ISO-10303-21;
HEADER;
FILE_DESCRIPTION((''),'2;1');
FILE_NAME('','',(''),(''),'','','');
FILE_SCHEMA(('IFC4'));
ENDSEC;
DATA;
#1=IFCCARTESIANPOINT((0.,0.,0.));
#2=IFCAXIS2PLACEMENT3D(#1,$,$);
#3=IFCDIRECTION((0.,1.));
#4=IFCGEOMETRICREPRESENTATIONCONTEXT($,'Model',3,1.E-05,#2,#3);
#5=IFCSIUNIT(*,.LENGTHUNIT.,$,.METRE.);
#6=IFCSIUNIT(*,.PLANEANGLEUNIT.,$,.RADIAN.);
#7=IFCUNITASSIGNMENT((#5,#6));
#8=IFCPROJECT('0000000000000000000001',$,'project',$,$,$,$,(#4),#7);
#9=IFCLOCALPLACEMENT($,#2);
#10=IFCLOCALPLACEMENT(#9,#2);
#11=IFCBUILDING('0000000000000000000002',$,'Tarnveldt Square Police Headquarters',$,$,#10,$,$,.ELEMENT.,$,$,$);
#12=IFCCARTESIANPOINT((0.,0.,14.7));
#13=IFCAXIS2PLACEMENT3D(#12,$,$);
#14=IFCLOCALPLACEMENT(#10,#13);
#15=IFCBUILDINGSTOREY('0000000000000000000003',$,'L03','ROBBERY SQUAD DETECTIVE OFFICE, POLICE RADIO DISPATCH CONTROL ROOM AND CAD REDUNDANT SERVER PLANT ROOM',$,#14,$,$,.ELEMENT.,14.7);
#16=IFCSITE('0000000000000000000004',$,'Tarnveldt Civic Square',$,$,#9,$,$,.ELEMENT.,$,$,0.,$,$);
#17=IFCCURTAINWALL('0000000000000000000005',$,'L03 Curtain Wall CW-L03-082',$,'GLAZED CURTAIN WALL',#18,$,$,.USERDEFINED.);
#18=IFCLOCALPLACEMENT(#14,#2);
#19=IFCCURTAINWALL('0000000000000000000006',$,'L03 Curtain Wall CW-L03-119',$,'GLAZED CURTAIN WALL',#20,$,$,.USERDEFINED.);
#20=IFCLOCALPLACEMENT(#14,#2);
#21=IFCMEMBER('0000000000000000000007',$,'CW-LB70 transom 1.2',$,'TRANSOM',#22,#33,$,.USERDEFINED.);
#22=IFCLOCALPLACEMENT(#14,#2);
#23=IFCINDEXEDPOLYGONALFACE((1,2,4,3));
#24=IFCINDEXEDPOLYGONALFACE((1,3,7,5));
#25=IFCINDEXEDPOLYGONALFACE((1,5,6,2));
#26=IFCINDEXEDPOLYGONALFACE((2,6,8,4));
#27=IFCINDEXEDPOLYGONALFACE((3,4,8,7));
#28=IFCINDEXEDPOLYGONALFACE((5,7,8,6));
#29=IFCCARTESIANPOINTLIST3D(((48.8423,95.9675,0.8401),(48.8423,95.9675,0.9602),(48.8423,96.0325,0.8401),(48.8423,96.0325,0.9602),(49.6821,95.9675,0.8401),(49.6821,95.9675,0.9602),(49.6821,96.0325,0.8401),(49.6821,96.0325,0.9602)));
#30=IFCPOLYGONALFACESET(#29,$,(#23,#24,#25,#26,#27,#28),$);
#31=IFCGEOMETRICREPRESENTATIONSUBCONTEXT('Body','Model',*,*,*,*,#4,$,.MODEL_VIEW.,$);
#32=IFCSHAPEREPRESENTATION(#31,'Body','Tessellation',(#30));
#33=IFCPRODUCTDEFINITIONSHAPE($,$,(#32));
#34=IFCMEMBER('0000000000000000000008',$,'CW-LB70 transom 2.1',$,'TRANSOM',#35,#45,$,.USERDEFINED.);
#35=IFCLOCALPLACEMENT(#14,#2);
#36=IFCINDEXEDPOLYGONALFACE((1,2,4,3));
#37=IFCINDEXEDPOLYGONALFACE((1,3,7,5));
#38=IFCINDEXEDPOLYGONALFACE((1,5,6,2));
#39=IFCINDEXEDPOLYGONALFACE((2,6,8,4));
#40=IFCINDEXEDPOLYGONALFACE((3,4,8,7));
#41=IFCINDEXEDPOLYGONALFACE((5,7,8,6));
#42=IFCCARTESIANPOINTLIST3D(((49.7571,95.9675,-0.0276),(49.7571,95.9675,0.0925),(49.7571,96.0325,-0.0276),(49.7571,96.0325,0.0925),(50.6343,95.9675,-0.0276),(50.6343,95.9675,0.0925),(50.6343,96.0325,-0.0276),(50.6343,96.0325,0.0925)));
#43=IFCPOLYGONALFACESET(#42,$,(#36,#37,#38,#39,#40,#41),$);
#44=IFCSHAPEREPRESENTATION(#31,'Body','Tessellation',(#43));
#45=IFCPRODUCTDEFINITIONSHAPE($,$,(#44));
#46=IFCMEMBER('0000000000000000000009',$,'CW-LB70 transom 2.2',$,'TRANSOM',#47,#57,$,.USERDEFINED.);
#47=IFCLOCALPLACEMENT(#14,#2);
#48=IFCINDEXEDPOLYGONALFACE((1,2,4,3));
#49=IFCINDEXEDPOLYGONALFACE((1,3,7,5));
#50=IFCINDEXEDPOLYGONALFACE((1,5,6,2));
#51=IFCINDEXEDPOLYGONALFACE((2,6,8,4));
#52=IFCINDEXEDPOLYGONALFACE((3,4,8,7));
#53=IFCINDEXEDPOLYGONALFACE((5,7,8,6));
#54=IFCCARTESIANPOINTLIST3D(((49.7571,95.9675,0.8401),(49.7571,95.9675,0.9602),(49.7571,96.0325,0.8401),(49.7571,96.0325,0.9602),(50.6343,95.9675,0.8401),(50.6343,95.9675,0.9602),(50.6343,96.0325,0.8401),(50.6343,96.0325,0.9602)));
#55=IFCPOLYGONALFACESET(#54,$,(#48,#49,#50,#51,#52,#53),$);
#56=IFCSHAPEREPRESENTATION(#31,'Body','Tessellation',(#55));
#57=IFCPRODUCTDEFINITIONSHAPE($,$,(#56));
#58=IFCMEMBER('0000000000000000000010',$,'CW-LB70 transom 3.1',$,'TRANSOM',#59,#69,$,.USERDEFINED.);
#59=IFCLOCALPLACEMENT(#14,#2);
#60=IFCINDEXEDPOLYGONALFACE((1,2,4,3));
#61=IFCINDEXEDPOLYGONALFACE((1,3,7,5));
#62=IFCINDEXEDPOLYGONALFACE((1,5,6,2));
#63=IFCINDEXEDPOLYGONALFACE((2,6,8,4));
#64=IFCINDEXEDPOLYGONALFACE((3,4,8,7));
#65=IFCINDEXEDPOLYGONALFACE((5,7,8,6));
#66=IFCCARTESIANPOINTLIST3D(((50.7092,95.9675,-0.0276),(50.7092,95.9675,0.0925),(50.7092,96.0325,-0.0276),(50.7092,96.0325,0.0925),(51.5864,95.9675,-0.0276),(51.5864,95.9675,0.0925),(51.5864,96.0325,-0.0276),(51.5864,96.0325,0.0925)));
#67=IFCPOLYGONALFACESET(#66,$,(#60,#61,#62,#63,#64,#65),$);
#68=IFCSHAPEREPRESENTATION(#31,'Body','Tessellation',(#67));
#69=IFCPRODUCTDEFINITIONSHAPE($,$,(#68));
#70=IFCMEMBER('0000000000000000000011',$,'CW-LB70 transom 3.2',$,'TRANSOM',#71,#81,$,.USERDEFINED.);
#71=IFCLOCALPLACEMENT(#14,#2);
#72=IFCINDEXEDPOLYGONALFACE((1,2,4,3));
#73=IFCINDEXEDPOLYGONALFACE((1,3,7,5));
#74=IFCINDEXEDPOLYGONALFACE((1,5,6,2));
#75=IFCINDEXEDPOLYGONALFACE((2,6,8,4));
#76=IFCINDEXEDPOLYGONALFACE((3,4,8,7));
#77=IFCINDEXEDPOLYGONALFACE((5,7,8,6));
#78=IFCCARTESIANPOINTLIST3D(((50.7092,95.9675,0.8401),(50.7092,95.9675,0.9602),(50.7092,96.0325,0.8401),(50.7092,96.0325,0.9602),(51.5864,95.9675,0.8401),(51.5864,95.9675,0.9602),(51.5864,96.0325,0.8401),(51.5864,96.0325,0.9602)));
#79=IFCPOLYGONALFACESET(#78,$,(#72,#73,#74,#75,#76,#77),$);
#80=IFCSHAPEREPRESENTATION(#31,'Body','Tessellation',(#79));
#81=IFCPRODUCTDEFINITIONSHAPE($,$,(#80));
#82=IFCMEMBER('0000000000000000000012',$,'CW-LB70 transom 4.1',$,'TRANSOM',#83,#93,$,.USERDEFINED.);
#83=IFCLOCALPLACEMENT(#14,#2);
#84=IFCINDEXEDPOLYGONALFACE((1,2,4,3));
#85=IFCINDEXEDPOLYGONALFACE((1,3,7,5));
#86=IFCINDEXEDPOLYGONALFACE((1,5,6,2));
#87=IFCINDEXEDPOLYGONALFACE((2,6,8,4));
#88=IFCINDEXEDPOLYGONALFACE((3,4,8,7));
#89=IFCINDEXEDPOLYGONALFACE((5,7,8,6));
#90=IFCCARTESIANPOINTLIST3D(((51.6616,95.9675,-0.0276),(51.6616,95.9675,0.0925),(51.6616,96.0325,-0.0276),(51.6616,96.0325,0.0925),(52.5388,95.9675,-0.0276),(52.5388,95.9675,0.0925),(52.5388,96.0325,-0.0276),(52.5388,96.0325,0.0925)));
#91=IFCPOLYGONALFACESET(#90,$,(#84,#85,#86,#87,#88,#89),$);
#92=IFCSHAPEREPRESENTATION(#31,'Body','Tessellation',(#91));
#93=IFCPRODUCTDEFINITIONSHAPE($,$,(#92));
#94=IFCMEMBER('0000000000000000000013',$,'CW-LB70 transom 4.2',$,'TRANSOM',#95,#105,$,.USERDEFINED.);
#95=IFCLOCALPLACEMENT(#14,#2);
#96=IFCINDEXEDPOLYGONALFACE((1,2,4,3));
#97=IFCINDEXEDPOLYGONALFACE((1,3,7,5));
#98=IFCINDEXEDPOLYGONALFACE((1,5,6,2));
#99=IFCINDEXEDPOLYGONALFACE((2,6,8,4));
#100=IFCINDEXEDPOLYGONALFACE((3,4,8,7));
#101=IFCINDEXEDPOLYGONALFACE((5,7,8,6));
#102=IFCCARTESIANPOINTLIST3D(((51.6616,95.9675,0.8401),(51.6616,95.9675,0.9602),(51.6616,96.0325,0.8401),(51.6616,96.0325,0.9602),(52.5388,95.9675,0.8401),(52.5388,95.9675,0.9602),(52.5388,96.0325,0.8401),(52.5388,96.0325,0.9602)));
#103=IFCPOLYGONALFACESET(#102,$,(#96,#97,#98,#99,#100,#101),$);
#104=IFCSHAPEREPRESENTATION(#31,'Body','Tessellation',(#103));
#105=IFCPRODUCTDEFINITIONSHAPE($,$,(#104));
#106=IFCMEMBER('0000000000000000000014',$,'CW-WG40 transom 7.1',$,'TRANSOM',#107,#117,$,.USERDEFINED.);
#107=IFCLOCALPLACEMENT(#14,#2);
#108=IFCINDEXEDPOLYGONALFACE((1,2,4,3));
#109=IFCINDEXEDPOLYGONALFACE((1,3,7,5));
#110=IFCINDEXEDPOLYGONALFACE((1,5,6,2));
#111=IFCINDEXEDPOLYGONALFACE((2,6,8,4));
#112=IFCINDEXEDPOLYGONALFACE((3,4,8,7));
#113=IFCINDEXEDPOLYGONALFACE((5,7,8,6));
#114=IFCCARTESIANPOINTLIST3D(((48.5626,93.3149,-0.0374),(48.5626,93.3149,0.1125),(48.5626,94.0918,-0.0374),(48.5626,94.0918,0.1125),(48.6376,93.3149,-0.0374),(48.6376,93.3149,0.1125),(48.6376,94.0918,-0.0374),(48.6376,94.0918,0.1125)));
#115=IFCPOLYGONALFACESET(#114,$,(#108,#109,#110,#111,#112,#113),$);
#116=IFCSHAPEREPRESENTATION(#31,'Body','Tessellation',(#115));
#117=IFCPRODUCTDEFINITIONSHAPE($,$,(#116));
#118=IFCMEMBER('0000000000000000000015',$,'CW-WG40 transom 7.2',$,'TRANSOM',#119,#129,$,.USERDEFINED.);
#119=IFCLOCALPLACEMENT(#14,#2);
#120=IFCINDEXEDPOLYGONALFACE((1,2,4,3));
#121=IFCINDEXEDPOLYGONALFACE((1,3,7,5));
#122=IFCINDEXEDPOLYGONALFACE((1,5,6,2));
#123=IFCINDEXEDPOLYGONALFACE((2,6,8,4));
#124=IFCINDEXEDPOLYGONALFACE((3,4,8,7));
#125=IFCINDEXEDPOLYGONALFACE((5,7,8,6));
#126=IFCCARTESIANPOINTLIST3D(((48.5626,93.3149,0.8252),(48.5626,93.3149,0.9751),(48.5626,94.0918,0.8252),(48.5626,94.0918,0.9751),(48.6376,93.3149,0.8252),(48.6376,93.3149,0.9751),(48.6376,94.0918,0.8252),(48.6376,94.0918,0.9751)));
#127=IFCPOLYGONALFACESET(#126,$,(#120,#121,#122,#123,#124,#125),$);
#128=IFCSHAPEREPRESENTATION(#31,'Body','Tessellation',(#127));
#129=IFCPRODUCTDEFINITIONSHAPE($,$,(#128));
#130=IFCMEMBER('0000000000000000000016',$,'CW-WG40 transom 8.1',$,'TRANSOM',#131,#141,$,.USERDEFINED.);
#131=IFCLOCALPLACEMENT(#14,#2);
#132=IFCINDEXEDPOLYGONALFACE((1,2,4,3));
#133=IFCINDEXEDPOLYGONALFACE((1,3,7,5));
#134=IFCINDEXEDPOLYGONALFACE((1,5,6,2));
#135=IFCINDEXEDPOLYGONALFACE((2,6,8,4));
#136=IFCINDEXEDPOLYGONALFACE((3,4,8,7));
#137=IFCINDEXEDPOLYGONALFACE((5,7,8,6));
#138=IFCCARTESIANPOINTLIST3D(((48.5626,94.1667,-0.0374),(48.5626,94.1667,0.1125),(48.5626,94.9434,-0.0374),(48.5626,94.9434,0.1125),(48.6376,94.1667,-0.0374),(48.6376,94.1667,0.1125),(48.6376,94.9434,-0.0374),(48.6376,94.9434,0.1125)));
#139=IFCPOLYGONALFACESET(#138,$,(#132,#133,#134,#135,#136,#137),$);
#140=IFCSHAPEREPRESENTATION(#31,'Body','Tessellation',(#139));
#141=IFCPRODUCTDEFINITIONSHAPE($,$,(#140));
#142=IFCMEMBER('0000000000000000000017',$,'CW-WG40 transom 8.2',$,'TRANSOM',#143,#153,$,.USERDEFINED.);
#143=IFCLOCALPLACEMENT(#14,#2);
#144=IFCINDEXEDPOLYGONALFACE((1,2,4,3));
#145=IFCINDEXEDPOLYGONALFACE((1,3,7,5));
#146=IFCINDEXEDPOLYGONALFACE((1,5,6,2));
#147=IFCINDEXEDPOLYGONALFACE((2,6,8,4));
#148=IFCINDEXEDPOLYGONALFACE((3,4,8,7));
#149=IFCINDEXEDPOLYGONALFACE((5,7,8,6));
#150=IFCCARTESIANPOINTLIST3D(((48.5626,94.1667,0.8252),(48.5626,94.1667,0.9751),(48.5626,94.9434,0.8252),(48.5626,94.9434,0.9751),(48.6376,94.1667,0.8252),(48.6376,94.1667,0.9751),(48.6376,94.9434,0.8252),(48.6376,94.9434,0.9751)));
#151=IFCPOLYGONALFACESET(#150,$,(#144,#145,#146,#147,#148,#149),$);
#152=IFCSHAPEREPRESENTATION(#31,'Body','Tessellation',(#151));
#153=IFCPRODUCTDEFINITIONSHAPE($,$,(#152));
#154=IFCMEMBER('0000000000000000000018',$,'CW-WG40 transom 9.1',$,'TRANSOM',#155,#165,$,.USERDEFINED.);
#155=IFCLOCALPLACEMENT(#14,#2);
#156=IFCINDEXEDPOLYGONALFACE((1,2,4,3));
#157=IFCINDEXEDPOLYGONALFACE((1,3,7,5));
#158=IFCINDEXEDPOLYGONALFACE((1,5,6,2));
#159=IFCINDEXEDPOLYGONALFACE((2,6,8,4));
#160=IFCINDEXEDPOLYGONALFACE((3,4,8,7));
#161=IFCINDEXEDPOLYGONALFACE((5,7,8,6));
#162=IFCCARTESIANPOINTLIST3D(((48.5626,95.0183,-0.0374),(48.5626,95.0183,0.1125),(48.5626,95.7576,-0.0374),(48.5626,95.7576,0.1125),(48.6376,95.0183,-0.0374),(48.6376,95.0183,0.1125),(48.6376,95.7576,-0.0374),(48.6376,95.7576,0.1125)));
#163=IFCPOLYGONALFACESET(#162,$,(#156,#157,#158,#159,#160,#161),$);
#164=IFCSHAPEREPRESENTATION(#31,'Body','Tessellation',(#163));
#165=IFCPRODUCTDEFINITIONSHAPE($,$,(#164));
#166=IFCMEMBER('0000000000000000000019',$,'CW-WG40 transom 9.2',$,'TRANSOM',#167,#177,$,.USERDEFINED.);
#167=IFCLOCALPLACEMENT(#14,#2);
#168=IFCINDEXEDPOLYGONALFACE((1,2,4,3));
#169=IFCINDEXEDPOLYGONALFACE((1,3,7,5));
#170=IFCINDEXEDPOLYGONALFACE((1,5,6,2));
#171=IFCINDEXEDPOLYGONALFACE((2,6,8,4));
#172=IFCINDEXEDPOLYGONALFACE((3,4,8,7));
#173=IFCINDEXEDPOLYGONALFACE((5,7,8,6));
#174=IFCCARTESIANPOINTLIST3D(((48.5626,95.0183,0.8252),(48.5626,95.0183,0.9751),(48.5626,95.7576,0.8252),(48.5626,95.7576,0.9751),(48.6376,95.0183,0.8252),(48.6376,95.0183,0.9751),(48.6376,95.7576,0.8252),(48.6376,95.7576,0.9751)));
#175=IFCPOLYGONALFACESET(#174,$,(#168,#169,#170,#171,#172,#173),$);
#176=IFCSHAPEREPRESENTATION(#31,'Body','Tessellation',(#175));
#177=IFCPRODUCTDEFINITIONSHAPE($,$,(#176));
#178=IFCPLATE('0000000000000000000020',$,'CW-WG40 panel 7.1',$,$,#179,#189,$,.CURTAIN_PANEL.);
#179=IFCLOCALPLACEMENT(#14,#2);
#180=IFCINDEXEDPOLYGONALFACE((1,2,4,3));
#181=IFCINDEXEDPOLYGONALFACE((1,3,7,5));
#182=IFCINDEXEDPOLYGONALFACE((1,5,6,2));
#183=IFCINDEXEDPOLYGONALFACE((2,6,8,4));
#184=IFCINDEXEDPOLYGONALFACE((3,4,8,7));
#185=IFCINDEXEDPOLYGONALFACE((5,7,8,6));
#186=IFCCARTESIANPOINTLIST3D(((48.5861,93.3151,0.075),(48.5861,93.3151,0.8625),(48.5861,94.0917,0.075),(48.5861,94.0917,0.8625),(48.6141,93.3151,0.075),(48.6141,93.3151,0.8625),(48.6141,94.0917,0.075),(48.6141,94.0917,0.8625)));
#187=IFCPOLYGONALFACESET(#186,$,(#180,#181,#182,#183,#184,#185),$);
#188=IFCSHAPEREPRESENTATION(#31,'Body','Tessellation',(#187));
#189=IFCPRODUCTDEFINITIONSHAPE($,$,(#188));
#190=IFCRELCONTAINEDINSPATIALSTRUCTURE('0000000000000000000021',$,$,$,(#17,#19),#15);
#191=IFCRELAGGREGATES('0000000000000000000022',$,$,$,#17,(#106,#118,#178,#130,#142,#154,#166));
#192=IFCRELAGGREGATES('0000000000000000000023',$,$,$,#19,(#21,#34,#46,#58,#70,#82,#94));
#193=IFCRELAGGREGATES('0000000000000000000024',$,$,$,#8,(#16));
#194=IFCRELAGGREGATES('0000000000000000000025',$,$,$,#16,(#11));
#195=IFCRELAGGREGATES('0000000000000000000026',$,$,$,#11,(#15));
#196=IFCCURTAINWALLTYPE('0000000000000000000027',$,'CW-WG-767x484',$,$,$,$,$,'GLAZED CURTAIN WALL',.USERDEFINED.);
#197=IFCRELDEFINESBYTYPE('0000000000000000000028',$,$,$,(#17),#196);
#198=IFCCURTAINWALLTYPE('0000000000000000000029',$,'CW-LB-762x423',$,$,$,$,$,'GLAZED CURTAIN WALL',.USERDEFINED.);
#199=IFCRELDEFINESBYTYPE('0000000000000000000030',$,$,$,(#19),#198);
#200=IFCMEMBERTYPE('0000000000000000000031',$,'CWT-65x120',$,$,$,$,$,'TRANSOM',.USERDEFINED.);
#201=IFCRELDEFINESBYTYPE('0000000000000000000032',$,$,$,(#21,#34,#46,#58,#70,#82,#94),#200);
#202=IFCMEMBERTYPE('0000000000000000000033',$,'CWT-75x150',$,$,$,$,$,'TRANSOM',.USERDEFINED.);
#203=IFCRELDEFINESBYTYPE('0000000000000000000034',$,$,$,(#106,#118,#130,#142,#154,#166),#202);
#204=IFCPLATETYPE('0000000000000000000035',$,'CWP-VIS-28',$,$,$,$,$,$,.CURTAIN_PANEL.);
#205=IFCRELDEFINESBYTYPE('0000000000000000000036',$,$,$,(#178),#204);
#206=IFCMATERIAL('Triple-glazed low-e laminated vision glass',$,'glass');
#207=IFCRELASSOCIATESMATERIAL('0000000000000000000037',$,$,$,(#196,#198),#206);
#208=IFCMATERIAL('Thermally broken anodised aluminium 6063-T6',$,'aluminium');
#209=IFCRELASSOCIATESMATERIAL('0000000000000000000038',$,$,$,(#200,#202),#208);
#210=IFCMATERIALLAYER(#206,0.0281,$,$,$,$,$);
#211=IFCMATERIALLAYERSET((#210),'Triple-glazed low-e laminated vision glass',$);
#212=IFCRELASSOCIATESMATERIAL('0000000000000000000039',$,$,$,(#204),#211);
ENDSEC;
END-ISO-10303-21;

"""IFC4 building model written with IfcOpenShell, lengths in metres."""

from ifc_helpers import new_model, si_unit, direction, frame, origin, origin_2d, place, context, subcontext, project, spatial, rectangle, extrude, material, layer, layer_set, material_profile, profile_set, type_object, element, aggregate, save


model = new_model("IFC4")

# Units and contexts
model_context = context("Model", 3, precision=1e-05, world=origin(), true_north=direction((0.0, 1.0)))
body_context = subcontext(model_context, "Body", "Model", "MODEL_VIEW")
ifc_project = project(units=[si_unit("LENGTHUNIT", "METRE"), si_unit("PLANEANGLEUNIT", "RADIAN")], contexts=[model_context])

# Site, building, storey
site_placement = place(None, origin())
site = spatial("IfcSite", under=ifc_project, at=site_placement, Name="Tarnveldt Civic Square", CompositionType="ELEMENT", RefElevation=0.0)
building_placement = place(site_placement, origin())
building = spatial("IfcBuilding", under=site, at=building_placement, Name="Tarnveldt Square Police Headquarters", CompositionType="ELEMENT")
storey_placement = place(building_placement, frame((0.0, 0.0, 14.7)))
storey = spatial("IfcBuildingStorey", under=building, at=storey_placement, Name="L03", Description="ROBBERY SQUAD DETECTIVE OFFICE, POLICE RADIO DISPATCH CONTROL ROOM AND CAD REDUNDANT SERVER PLANT ROOM", CompositionType="ELEMENT", Elevation=14.7)

# Curtain walls, members
ifc_material_1 = material(Name="Triple-glazed low-e laminated vision glass", Category="glass")
curtain_wall_type_1 = type_object("IfcCurtainWallType", Name="CW-WG-767x484", ElementType="GLAZED CURTAIN WALL", PredefinedType="USERDEFINED", material=ifc_material_1)
curtain_wall_1_placement = place(storey_placement, origin())
curtain_wall_1 = element("IfcCurtainWall", 1, at=curtain_wall_1_placement, inside=storey, type_object=curtain_wall_type_1, Name="L03 Curtain Wall CW-L03-082", ObjectType="GLAZED CURTAIN WALL", PredefinedType="USERDEFINED")
ifc_material_2 = material(Name="Thermally broken anodised aluminium 6063-T6", Category="aluminium")
curtain_wall_type_2 = type_object("IfcCurtainWallType", Name="CW-LB-762x423", ElementType="GLAZED CURTAIN WALL", PredefinedType="USERDEFINED", material=ifc_material_1)
curtain_wall_2_placement = place(storey_placement, origin())
curtain_wall_2 = element("IfcCurtainWall", 2, at=curtain_wall_2_placement, inside=storey, type_object=curtain_wall_type_2, Name="L03 Curtain Wall CW-L03-119", ObjectType="GLAZED CURTAIN WALL", PredefinedType="USERDEFINED")
ifc_material_profile_1 = material_profile(ifc_material_2, rectangle(XDim=0.0649, YDim=0.1201, at=origin_2d()), Name="CW-T65x120")
ifc_profile_set_1 = profile_set([ifc_material_profile_1], Name="Thermally broken anodised aluminium 6063-T6")
member_type_1 = type_object("IfcMemberType", Name="CWT-65x120", ElementType="TRANSOM", PredefinedType="USERDEFINED", material=ifc_profile_set_1)
member_1_placement = place(storey_placement, frame((48.8423, 96.0, 0.9001), z_axis=(1.0, 0.0, 0.0), x_axis=(0.0, 1.0, 0.0)))
member_1 = element("IfcMember", 3, at=member_1_placement, type_object=member_type_1, Name="CW-LB70 transom 1.2", ObjectType="TRANSOM", PredefinedType="USERDEFINED", context=body_context, shape_type="SweptSolid", body=[
    extrude(rectangle(XDim=0.0649, YDim=0.1201, at=origin_2d()), origin(), (0.0, 0.0, 1.0), 0.8398),
])
member_2_placement = place(storey_placement, frame((49.7571, 96.0, 0.0325), z_axis=(1.0, 0.0, 0.0), x_axis=(0.0, 1.0, 0.0)))
member_2 = element("IfcMember", 4, at=member_2_placement, type_object=member_type_1, Name="CW-LB70 transom 2.1", ObjectType="TRANSOM", PredefinedType="USERDEFINED", context=body_context, shape_type="SweptSolid", body=[
    extrude(rectangle(XDim=0.0649, YDim=0.1201, at=origin_2d()), origin(), (0.0, 0.0, 1.0), 0.8772),
])
member_3_placement = place(storey_placement, frame((49.7571, 96.0, 0.9001), z_axis=(1.0, 0.0, 0.0), x_axis=(0.0, 1.0, 0.0)))
member_3 = element("IfcMember", 5, at=member_3_placement, type_object=member_type_1, Name="CW-LB70 transom 2.2", ObjectType="TRANSOM", PredefinedType="USERDEFINED", context=body_context, shape_type="SweptSolid", body=[
    extrude(rectangle(XDim=0.0649, YDim=0.1201, at=origin_2d()), origin(), (0.0, 0.0, 1.0), 0.8772),
])
member_4_placement = place(storey_placement, frame((50.7092, 96.0, 0.0325), z_axis=(1.0, 0.0, 0.0), x_axis=(0.0, 1.0, 0.0)))
member_4 = element("IfcMember", 6, at=member_4_placement, type_object=member_type_1, Name="CW-LB70 transom 3.1", ObjectType="TRANSOM", PredefinedType="USERDEFINED", context=body_context, shape_type="SweptSolid", body=[
    extrude(rectangle(XDim=0.0649, YDim=0.1201, at=origin_2d()), origin(), (0.0, 0.0, 1.0), 0.8772),
])
member_5_placement = place(storey_placement, frame((50.7092, 96.0, 0.9001), z_axis=(1.0, 0.0, 0.0), x_axis=(0.0, 1.0, 0.0)))
member_5 = element("IfcMember", 7, at=member_5_placement, type_object=member_type_1, Name="CW-LB70 transom 3.2", ObjectType="TRANSOM", PredefinedType="USERDEFINED", context=body_context, shape_type="SweptSolid", body=[
    extrude(rectangle(XDim=0.0649, YDim=0.1201, at=origin_2d()), origin(), (0.0, 0.0, 1.0), 0.8772),
])
member_6_placement = place(storey_placement, frame((51.6616, 96.0, 0.0325), z_axis=(1.0, 0.0, 0.0), x_axis=(0.0, 1.0, 0.0)))
member_6 = element("IfcMember", 8, at=member_6_placement, type_object=member_type_1, Name="CW-LB70 transom 4.1", ObjectType="TRANSOM", PredefinedType="USERDEFINED", context=body_context, shape_type="SweptSolid", body=[
    extrude(rectangle(XDim=0.0649, YDim=0.1201, at=origin_2d()), origin(), (0.0, 0.0, 1.0), 0.8772),
])
member_7_placement = place(storey_placement, frame((51.6616, 96.0, 0.9001), z_axis=(1.0, 0.0, 0.0), x_axis=(0.0, 1.0, 0.0)))
member_7 = element("IfcMember", 9, at=member_7_placement, type_object=member_type_1, Name="CW-LB70 transom 4.2", ObjectType="TRANSOM", PredefinedType="USERDEFINED", context=body_context, shape_type="SweptSolid", body=[
    extrude(rectangle(XDim=0.0649, YDim=0.1201, at=origin_2d()), origin(), (0.0, 0.0, 1.0), 0.8772),
])

# Members
ifc_material_profile_2 = material_profile(ifc_material_2, rectangle(XDim=0.075, YDim=0.1499, at=origin_2d()), Name="CW-T75x150")
ifc_profile_set_2 = profile_set([ifc_material_profile_2], Name="Thermally broken anodised aluminium 6063-T6")
member_type_2 = type_object("IfcMemberType", Name="CWT-75x150", ElementType="TRANSOM", PredefinedType="USERDEFINED", material=ifc_profile_set_2)
member_8_placement = place(storey_placement, frame((48.6001, 93.3149, 0.0376), z_axis=(0.0, 1.0, 0.0), x_axis=(-1.0, 0.0, 0.0)))
member_8 = element("IfcMember", 10, at=member_8_placement, type_object=member_type_2, Name="CW-WG40 transom 7.1", ObjectType="TRANSOM", PredefinedType="USERDEFINED", context=body_context, shape_type="SweptSolid", body=[
    extrude(rectangle(XDim=0.075, YDim=0.1499, at=origin_2d()), origin(), (0.0, 0.0, 1.0), 0.7769),
])
member_9_placement = place(storey_placement, frame((48.6001, 93.3149, 0.9001), z_axis=(0.0, 1.0, 0.0), x_axis=(-1.0, 0.0, 0.0)))
member_9 = element("IfcMember", 11, at=member_9_placement, type_object=member_type_2, Name="CW-WG40 transom 7.2", ObjectType="TRANSOM", PredefinedType="USERDEFINED", context=body_context, shape_type="SweptSolid", body=[
    extrude(rectangle(XDim=0.075, YDim=0.1499, at=origin_2d()), origin(), (0.0, 0.0, 1.0), 0.7769),
])
member_10_placement = place(storey_placement, frame((48.6001, 94.1667, 0.0376), z_axis=(0.0, 1.0, 0.0), x_axis=(-1.0, 0.0, 0.0)))
member_10 = element("IfcMember", 12, at=member_10_placement, type_object=member_type_2, Name="CW-WG40 transom 8.1", ObjectType="TRANSOM", PredefinedType="USERDEFINED", context=body_context, shape_type="SweptSolid", body=[
    extrude(rectangle(XDim=0.075, YDim=0.1499, at=origin_2d()), origin(), (0.0, 0.0, 1.0), 0.7766),
])
member_11_placement = place(storey_placement, frame((48.6001, 94.1667, 0.9001), z_axis=(0.0, 1.0, 0.0), x_axis=(-1.0, 0.0, 0.0)))
member_11 = element("IfcMember", 13, at=member_11_placement, type_object=member_type_2, Name="CW-WG40 transom 8.2", ObjectType="TRANSOM", PredefinedType="USERDEFINED", context=body_context, shape_type="SweptSolid", body=[
    extrude(rectangle(XDim=0.075, YDim=0.1499, at=origin_2d()), origin(), (0.0, 0.0, 1.0), 0.7766),
])
member_12_placement = place(storey_placement, frame((48.6001, 95.0183, 0.0376), z_axis=(0.0, 1.0, 0.0), x_axis=(-1.0, 0.0, 0.0)))
member_12 = element("IfcMember", 14, at=member_12_placement, type_object=member_type_2, Name="CW-WG40 transom 9.1", ObjectType="TRANSOM", PredefinedType="USERDEFINED", context=body_context, shape_type="SweptSolid", body=[
    extrude(rectangle(XDim=0.075, YDim=0.1499, at=origin_2d()), origin(), (0.0, 0.0, 1.0), 0.7393),
])
member_13_placement = place(storey_placement, frame((48.6001, 95.0183, 0.9001), z_axis=(0.0, 1.0, 0.0), x_axis=(-1.0, 0.0, 0.0)))
member_13 = element("IfcMember", 15, at=member_13_placement, type_object=member_type_2, Name="CW-WG40 transom 9.2", ObjectType="TRANSOM", PredefinedType="USERDEFINED", context=body_context, shape_type="SweptSolid", body=[
    extrude(rectangle(XDim=0.075, YDim=0.1499, at=origin_2d()), origin(), (0.0, 0.0, 1.0), 0.7393),
])

# Plate
ifc_layer = layer(ifc_material_1, 0.0281)
ifc_layer_set = layer_set([ifc_layer], Name="Triple-glazed low-e laminated vision glass")
plate_type = type_object("IfcPlateType", Name="CWP-VIS-28", PredefinedType="CURTAIN_PANEL", material=ifc_layer_set)
plate_1_placement = place(storey_placement, frame((48.6001, 93.7034, 0.075), z_axis=(0.0, 0.0, 1.0), x_axis=(0.0, 1.0, 0.0)))
plate_1 = element("IfcPlate", 16, at=plate_1_placement, type_object=plate_type, Name="CW-WG40 panel 7.1", PredefinedType="CURTAIN_PANEL", context=body_context, shape_type="SweptSolid", body=[
    extrude(rectangle(XDim=0.7766, YDim=0.0281, at=origin_2d()), origin(), (0.0, 0.0, 1.0), 0.7876),
])
aggregate(curtain_wall_1, [member_8, member_9, plate_1, member_10, member_11, member_12, member_13])
aggregate(curtain_wall_2, [member_1, member_2, member_3, member_4, member_5, member_6, member_7])

save(model, "model.ifc")
